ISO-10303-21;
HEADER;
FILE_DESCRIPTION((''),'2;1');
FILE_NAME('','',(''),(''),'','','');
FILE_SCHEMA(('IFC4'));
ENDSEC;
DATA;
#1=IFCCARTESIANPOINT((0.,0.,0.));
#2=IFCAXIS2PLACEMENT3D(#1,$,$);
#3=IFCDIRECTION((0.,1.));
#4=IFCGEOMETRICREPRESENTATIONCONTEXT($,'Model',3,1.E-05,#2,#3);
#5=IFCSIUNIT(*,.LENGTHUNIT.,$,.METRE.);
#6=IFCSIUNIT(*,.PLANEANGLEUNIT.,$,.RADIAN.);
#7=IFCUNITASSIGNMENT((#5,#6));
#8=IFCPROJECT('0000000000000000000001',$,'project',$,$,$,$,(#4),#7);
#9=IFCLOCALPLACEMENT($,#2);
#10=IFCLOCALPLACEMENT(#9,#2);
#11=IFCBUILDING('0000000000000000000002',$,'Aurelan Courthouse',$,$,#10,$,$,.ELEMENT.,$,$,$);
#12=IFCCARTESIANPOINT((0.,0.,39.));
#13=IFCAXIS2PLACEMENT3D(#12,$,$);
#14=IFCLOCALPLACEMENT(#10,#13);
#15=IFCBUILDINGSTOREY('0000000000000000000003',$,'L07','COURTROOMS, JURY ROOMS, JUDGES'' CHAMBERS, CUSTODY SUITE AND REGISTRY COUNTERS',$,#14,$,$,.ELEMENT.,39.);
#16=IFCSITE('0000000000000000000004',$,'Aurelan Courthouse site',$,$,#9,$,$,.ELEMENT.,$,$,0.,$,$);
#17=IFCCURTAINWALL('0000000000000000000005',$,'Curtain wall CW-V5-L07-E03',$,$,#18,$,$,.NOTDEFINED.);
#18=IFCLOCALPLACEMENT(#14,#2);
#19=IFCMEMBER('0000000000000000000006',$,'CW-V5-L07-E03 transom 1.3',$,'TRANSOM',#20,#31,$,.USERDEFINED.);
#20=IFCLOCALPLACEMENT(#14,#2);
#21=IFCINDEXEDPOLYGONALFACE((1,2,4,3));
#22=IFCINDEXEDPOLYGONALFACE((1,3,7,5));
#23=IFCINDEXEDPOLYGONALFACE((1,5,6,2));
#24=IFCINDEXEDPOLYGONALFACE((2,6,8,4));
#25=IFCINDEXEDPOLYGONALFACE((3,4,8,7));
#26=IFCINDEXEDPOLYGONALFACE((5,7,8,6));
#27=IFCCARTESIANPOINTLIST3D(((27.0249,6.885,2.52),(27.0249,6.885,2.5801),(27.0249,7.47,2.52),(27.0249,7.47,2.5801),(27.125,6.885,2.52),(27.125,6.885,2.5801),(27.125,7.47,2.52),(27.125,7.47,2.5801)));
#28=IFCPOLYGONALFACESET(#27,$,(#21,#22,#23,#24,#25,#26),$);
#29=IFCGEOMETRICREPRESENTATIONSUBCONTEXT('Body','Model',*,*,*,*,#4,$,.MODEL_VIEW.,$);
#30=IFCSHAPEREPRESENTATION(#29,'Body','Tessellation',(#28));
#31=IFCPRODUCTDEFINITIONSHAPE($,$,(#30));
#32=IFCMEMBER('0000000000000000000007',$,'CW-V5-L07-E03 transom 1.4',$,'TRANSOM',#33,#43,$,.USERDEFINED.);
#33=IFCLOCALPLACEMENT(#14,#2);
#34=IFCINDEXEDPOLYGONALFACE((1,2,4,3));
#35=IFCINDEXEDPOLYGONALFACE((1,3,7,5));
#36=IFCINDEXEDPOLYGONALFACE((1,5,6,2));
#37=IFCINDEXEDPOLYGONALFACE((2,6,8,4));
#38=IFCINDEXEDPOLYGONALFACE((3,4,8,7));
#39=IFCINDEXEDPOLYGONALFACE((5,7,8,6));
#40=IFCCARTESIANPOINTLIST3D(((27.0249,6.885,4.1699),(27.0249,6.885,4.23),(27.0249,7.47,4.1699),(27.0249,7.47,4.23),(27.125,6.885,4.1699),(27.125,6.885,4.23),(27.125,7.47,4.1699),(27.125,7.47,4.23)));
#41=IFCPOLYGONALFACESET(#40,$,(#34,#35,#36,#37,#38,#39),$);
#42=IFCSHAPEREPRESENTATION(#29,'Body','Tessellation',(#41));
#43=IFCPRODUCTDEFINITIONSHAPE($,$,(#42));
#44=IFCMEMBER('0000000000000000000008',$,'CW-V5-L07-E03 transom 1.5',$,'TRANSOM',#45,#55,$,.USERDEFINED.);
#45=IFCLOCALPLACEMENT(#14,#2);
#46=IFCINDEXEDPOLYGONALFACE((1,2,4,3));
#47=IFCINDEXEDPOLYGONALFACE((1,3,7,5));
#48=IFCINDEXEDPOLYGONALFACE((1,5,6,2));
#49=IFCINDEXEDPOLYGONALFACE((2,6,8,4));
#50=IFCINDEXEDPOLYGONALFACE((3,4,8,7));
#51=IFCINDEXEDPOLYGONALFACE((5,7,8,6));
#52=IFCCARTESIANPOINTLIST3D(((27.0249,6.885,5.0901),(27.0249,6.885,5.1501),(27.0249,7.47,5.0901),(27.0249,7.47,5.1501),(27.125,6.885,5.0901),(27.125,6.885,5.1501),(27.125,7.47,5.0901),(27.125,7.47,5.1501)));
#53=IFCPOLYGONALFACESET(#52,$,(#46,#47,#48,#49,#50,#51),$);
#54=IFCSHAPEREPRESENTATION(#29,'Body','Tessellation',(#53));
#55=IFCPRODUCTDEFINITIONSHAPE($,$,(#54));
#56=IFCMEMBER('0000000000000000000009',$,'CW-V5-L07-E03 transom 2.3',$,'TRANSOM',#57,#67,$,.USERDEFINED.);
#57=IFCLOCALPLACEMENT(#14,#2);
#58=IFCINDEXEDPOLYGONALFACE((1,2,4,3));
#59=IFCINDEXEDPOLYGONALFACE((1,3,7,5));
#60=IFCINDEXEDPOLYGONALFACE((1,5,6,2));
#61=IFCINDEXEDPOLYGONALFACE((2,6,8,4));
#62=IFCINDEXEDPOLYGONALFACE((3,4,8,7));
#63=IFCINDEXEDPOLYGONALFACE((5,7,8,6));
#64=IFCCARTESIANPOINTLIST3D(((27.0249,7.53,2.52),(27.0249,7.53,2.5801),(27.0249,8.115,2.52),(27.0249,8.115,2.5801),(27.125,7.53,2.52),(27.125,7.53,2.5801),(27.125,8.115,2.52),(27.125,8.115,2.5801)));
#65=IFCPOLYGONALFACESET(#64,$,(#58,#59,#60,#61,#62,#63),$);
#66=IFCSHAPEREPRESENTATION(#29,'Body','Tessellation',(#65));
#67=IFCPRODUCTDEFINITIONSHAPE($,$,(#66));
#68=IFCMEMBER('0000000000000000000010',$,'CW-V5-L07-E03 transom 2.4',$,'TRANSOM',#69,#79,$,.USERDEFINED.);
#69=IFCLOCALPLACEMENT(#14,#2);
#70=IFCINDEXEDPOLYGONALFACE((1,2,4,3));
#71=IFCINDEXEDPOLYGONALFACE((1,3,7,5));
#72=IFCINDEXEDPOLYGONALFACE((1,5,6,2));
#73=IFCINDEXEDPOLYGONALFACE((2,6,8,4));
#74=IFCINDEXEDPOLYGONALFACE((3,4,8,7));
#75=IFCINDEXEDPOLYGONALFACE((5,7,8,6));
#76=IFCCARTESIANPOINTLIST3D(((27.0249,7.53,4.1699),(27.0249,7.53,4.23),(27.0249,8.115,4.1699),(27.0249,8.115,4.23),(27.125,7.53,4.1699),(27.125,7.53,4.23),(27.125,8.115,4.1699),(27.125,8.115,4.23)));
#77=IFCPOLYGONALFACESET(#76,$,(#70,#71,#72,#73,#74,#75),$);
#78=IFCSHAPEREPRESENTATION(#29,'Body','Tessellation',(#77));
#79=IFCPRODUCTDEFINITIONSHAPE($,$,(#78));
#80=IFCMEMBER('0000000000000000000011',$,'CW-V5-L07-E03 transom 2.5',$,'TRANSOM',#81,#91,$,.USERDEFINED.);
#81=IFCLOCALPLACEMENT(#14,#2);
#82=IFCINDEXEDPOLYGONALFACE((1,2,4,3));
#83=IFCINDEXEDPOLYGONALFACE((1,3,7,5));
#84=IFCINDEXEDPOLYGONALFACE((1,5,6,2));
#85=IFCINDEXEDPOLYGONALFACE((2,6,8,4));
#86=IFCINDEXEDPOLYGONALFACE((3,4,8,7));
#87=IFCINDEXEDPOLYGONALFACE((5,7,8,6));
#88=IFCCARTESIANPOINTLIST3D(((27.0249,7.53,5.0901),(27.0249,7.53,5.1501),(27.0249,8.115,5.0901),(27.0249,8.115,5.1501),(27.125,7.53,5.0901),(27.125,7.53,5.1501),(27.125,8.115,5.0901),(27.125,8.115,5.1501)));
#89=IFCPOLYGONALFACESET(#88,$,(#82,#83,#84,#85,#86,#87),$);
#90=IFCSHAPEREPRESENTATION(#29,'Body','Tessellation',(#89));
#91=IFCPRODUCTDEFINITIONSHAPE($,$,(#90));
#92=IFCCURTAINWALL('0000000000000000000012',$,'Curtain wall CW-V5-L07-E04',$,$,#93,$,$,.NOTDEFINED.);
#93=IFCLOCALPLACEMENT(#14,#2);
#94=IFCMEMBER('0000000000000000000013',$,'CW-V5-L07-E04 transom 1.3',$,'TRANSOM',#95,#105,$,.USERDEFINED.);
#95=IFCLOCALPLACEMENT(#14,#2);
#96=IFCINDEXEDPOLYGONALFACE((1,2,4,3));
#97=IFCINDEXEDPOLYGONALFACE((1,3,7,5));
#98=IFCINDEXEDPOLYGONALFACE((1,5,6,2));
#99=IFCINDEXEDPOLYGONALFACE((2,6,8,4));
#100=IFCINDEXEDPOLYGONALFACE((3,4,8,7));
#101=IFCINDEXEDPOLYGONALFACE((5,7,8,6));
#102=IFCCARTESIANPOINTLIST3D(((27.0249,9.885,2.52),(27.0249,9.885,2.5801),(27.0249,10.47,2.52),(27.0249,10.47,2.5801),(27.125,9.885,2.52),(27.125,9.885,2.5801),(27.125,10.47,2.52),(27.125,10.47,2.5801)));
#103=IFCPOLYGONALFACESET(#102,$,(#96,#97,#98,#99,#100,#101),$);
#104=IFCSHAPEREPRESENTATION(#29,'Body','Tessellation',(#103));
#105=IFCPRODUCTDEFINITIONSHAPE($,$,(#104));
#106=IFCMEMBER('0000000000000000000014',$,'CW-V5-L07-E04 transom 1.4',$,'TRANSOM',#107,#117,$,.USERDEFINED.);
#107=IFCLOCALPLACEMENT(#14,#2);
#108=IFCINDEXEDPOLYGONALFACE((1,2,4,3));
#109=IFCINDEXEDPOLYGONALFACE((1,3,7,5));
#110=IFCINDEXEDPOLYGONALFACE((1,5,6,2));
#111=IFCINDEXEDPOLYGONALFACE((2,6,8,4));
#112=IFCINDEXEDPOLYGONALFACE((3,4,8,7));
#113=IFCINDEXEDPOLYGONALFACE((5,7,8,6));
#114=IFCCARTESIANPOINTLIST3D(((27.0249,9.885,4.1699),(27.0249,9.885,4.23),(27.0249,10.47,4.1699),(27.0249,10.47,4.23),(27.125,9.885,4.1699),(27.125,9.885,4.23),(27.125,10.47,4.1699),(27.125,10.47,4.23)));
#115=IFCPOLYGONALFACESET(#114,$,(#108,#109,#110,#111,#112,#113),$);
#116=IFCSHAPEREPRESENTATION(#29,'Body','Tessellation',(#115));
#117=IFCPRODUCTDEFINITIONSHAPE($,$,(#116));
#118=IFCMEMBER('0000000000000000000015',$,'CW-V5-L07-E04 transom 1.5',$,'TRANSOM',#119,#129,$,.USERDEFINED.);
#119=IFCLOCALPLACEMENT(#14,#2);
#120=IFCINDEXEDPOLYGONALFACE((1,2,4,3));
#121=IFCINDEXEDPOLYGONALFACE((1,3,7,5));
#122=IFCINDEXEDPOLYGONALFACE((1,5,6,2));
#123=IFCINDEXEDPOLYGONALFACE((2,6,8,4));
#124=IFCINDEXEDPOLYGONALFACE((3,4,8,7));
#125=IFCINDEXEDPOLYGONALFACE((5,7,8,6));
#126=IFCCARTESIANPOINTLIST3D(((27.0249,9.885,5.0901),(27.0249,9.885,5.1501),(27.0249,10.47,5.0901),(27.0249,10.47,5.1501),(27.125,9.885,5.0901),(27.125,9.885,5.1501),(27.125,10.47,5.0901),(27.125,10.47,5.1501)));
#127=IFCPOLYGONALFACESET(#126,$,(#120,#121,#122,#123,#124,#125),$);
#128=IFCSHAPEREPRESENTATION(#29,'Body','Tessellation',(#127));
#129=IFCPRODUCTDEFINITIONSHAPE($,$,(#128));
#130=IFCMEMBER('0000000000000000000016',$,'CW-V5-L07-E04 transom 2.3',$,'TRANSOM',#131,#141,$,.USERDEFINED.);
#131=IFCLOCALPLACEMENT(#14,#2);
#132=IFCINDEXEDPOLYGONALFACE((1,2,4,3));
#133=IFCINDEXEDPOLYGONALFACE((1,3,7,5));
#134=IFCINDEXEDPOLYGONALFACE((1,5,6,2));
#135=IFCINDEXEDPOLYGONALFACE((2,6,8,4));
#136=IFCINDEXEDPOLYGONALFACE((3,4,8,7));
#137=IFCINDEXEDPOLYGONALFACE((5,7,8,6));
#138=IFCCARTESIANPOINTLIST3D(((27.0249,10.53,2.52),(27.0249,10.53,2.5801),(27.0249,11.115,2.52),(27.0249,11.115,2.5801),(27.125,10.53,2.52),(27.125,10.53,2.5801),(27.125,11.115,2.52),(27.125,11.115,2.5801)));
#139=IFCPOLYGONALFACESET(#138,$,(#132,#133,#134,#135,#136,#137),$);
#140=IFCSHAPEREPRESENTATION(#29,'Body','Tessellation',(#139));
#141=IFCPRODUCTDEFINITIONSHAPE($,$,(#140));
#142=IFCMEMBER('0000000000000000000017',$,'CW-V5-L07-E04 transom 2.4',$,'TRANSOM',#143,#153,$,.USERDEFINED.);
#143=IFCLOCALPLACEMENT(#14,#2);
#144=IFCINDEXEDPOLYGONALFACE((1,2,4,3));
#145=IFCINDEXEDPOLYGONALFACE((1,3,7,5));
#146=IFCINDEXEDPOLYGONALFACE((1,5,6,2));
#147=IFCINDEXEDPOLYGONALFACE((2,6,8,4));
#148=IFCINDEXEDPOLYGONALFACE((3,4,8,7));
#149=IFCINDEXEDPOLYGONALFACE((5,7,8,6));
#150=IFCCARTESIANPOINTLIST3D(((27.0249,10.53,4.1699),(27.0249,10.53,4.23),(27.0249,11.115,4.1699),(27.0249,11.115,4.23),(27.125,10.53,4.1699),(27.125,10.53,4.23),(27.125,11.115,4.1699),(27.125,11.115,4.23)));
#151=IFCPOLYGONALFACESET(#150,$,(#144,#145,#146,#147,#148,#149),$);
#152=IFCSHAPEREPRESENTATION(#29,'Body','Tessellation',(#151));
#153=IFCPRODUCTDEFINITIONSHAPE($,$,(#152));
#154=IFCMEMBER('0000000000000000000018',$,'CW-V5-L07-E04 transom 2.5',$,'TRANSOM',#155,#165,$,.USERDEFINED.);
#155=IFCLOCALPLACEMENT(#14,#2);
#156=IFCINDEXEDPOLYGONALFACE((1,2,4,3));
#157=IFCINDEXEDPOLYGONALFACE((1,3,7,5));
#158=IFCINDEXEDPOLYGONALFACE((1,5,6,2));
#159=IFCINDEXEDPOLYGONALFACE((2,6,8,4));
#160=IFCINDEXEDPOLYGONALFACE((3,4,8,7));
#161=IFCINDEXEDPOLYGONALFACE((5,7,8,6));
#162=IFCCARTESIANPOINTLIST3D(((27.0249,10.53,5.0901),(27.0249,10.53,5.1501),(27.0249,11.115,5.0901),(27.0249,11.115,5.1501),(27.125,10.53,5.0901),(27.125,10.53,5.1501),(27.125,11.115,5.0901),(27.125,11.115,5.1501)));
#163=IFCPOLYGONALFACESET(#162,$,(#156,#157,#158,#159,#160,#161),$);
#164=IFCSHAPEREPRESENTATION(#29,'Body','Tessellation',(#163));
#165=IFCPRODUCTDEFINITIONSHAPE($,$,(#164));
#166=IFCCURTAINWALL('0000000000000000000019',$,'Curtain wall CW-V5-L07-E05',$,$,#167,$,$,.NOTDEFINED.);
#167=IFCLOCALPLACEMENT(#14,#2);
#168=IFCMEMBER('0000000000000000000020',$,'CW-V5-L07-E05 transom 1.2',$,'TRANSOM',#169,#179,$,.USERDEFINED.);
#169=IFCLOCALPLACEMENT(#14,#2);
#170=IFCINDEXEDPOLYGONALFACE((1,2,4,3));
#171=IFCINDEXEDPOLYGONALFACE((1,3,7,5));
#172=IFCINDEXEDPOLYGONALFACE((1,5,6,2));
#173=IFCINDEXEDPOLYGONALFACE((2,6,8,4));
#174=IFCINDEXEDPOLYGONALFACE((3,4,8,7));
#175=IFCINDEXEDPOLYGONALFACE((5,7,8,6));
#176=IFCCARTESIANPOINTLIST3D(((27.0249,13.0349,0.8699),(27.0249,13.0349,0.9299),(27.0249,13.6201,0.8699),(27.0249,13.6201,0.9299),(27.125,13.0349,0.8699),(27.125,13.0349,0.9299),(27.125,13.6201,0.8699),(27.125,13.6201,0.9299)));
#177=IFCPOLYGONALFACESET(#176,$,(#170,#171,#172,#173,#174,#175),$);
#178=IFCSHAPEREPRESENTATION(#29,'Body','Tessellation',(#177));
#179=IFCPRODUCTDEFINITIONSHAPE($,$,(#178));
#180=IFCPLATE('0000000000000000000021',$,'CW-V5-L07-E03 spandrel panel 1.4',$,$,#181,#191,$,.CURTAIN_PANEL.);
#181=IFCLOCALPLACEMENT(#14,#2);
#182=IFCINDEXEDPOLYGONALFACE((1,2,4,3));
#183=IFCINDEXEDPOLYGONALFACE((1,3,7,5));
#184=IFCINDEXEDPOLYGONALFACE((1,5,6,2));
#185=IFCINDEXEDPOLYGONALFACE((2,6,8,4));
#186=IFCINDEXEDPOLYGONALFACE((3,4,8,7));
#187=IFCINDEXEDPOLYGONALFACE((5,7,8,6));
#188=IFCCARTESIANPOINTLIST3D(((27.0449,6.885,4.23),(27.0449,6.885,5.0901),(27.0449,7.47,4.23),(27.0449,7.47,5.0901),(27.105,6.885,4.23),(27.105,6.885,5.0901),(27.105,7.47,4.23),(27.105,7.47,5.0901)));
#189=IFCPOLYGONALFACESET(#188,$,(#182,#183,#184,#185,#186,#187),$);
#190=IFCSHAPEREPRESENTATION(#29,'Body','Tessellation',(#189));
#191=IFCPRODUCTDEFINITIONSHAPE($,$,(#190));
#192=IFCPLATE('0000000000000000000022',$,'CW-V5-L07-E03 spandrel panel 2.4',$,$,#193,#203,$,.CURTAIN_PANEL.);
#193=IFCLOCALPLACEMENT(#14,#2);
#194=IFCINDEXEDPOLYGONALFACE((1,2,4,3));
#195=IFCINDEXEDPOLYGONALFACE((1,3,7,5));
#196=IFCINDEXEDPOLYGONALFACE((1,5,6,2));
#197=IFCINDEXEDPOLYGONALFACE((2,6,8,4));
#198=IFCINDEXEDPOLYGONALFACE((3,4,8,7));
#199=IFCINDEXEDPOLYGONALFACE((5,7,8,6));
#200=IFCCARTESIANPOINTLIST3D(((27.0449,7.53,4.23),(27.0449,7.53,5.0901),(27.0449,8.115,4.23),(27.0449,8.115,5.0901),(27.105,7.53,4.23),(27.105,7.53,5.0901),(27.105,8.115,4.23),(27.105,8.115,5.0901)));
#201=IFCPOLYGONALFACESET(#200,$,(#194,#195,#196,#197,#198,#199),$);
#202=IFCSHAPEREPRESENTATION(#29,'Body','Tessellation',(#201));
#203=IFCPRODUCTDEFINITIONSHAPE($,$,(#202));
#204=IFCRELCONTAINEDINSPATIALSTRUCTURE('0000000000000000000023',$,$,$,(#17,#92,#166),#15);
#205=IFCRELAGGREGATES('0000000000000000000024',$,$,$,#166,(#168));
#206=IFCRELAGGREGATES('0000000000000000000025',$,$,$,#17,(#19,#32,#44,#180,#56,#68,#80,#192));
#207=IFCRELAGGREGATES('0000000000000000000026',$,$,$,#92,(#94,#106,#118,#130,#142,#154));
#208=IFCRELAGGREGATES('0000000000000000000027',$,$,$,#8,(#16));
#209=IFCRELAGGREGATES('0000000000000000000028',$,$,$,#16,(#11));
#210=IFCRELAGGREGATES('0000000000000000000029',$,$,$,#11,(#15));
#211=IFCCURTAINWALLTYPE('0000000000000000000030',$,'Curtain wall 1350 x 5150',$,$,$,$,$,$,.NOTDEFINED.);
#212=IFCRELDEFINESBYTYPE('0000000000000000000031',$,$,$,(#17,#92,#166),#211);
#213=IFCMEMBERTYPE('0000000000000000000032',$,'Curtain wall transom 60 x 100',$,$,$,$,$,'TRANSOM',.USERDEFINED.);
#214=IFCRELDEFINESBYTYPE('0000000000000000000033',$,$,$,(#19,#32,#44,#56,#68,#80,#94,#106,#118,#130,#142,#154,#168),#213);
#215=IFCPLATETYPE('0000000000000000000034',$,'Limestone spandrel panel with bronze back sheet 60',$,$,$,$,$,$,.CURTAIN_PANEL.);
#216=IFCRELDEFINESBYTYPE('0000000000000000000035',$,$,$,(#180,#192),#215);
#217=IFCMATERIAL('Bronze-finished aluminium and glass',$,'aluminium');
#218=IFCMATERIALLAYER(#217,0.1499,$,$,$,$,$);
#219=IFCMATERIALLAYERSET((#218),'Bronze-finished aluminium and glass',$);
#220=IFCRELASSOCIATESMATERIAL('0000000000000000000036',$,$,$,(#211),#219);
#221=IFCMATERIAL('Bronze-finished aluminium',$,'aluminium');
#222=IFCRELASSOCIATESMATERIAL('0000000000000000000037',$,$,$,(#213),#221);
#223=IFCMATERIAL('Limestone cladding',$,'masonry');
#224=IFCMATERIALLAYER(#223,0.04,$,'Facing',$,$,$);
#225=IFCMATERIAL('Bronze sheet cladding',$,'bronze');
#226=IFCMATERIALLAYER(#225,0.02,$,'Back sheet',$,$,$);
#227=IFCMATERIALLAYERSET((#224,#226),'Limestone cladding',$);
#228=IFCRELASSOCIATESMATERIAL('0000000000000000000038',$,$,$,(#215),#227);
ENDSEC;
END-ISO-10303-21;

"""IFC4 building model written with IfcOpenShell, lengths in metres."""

from ifc_helpers import new_model, si_unit, direction, frame, origin, origin_2d, place, context, subcontext, project, spatial, rectangle, extrude, material, layer, layer_set, material_profile, profile_set, type_object, element, aggregate, save


model = new_model("IFC4")

# Units and contexts
model_context = context("Model", 3, precision=1e-05, world=origin(), true_north=direction((0.0, 1.0)))
body_context = subcontext(model_context, "Body", "Model", "MODEL_VIEW")
ifc_project = project(units=[si_unit("LENGTHUNIT", "METRE"), si_unit("PLANEANGLEUNIT", "RADIAN")], contexts=[model_context])

# Site, building, storey
site_placement = place(None, origin())
site = spatial("IfcSite", under=ifc_project, at=site_placement, Name="Aurelan Courthouse site", CompositionType="ELEMENT", RefElevation=0.0)
building_placement = place(site_placement, origin())
building = spatial("IfcBuilding", under=site, at=building_placement, Name="Aurelan Courthouse", CompositionType="ELEMENT")
storey_placement = place(building_placement, frame((0.0, 0.0, 39.0)))
storey = spatial("IfcBuildingStorey", under=building, at=storey_placement, Name="L07", Description="COURTROOMS, JURY ROOMS, JUDGES' CHAMBERS, CUSTODY SUITE AND REGISTRY COUNTERS", CompositionType="ELEMENT", Elevation=39.0)

# Curtain walls, members
ifc_material_1 = material(Name="Bronze-finished aluminium and glass", Category="aluminium")
ifc_layer_1 = layer(ifc_material_1, 0.1499)
ifc_layer_set_1 = layer_set([ifc_layer_1], Name="Bronze-finished aluminium and glass")
curtain_wall_type = type_object("IfcCurtainWallType", Name="Curtain wall 1350 x 5150", PredefinedType="NOTDEFINED", material=ifc_layer_set_1)
curtain_wall_1_placement = place(storey_placement, origin())
curtain_wall_1 = element("IfcCurtainWall", 1, at=curtain_wall_1_placement, inside=storey, type_object=curtain_wall_type, Name="Curtain wall CW-V5-L07-E03", PredefinedType="NOTDEFINED")
ifc_material_2 = material(Name="Bronze-finished aluminium", Category="aluminium")
ifc_material_profile = material_profile(ifc_material_2, rectangle(XDim=0.1001, YDim=0.0601, at=origin_2d()), Name="Bronze transom 60 x 100")
ifc_profile_set = profile_set([ifc_material_profile], Name="Bronze-finished aluminium")
member_type = type_object("IfcMemberType", Name="Curtain wall transom 60 x 100", ElementType="TRANSOM", PredefinedType="USERDEFINED", material=ifc_profile_set)
member_1_placement = place(storey_placement, frame((27.075, 6.885, 2.55), z_axis=(0.0, 1.0, 0.0), x_axis=(-1.0, 0.0, 0.0)))
member_1 = element("IfcMember", 2, at=member_1_placement, type_object=member_type, Name="CW-V5-L07-E03 transom 1.3", ObjectType="TRANSOM", PredefinedType="USERDEFINED", context=body_context, shape_type="SweptSolid", body=[
    extrude(rectangle(XDim=0.1001, YDim=0.0601, at=origin_2d()), origin(), (0.0, 0.0, 1.0), 0.585),
])
member_2_placement = place(storey_placement, frame((27.075, 6.885, 4.2), z_axis=(0.0, 1.0, 0.0), x_axis=(-1.0, 0.0, 0.0)))
member_2 = element("IfcMember", 3, at=member_2_placement, type_object=member_type, Name="CW-V5-L07-E03 transom 1.4", ObjectType="TRANSOM", PredefinedType="USERDEFINED", context=body_context, shape_type="SweptSolid", body=[
    extrude(rectangle(XDim=0.1001, YDim=0.0601, at=origin_2d()), origin(), (0.0, 0.0, 1.0), 0.585),
])
member_3_placement = place(storey_placement, frame((27.075, 6.885, 5.1201), z_axis=(0.0, 1.0, 0.0), x_axis=(-1.0, 0.0, 0.0)))
member_3 = element("IfcMember", 4, at=member_3_placement, type_object=member_type, Name="CW-V5-L07-E03 transom 1.5", ObjectType="TRANSOM", PredefinedType="USERDEFINED", context=body_context, shape_type="SweptSolid", body=[
    extrude(rectangle(XDim=0.1001, YDim=0.0601, at=origin_2d()), origin(), (0.0, 0.0, 1.0), 0.585),
])
member_4_placement = place(storey_placement, frame((27.075, 7.53, 2.55), z_axis=(0.0, 1.0, 0.0), x_axis=(-1.0, 0.0, 0.0)))
member_4 = element("IfcMember", 5, at=member_4_placement, type_object=member_type, Name="CW-V5-L07-E03 transom 2.3", ObjectType="TRANSOM", PredefinedType="USERDEFINED", context=body_context, shape_type="SweptSolid", body=[
    extrude(rectangle(XDim=0.1001, YDim=0.0601, at=origin_2d()), origin(), (0.0, 0.0, 1.0), 0.585),
])
member_5_placement = place(storey_placement, frame((27.075, 7.53, 4.2), z_axis=(0.0, 1.0, 0.0), x_axis=(-1.0, 0.0, 0.0)))
member_5 = element("IfcMember", 6, at=member_5_placement, type_object=member_type, Name="CW-V5-L07-E03 transom 2.4", ObjectType="TRANSOM", PredefinedType="USERDEFINED", context=body_context, shape_type="SweptSolid", body=[
    extrude(rectangle(XDim=0.1001, YDim=0.0601, at=origin_2d()), origin(), (0.0, 0.0, 1.0), 0.585),
])
member_6_placement = place(storey_placement, frame((27.075, 7.53, 5.1201), z_axis=(0.0, 1.0, 0.0), x_axis=(-1.0, 0.0, 0.0)))
member_6 = element("IfcMember", 7, at=member_6_placement, type_object=member_type, Name="CW-V5-L07-E03 transom 2.5", ObjectType="TRANSOM", PredefinedType="USERDEFINED", context=body_context, shape_type="SweptSolid", body=[
    extrude(rectangle(XDim=0.1001, YDim=0.0601, at=origin_2d()), origin(), (0.0, 0.0, 1.0), 0.585),
])
curtain_wall_2_placement = place(storey_placement, origin())
curtain_wall_2 = element("IfcCurtainWall", 8, at=curtain_wall_2_placement, inside=storey, type_object=curtain_wall_type, Name="Curtain wall CW-V5-L07-E04", PredefinedType="NOTDEFINED")
member_7_placement = place(storey_placement, frame((27.075, 9.885, 2.55), z_axis=(0.0, 1.0, 0.0), x_axis=(-1.0, 0.0, 0.0)))
member_7 = element("IfcMember", 9, at=member_7_placement, type_object=member_type, Name="CW-V5-L07-E04 transom 1.3", ObjectType="TRANSOM", PredefinedType="USERDEFINED", context=body_context, shape_type="SweptSolid", body=[
    extrude(rectangle(XDim=0.1001, YDim=0.0601, at=origin_2d()), origin(), (0.0, 0.0, 1.0), 0.585),
])
member_8_placement = place(storey_placement, frame((27.075, 9.885, 4.2), z_axis=(0.0, 1.0, 0.0), x_axis=(-1.0, 0.0, 0.0)))
member_8 = element("IfcMember", 10, at=member_8_placement, type_object=member_type, Name="CW-V5-L07-E04 transom 1.4", ObjectType="TRANSOM", PredefinedType="USERDEFINED", context=body_context, shape_type="SweptSolid", body=[
    extrude(rectangle(XDim=0.1001, YDim=0.0601, at=origin_2d()), origin(), (0.0, 0.0, 1.0), 0.585),
])
member_9_placement = place(storey_placement, frame((27.075, 9.885, 5.1201), z_axis=(0.0, 1.0, 0.0), x_axis=(-1.0, 0.0, 0.0)))
member_9 = element("IfcMember", 11, at=member_9_placement, type_object=member_type, Name="CW-V5-L07-E04 transom 1.5", ObjectType="TRANSOM", PredefinedType="USERDEFINED", context=body_context, shape_type="SweptSolid", body=[
    extrude(rectangle(XDim=0.1001, YDim=0.0601, at=origin_2d()), origin(), (0.0, 0.0, 1.0), 0.585),
])
member_10_placement = place(storey_placement, frame((27.075, 10.53, 2.55), z_axis=(0.0, 1.0, 0.0), x_axis=(-1.0, 0.0, 0.0)))
member_10 = element("IfcMember", 12, at=member_10_placement, type_object=member_type, Name="CW-V5-L07-E04 transom 2.3", ObjectType="TRANSOM", PredefinedType="USERDEFINED", context=body_context, shape_type="SweptSolid", body=[
    extrude(rectangle(XDim=0.1001, YDim=0.0601, at=origin_2d()), origin(), (0.0, 0.0, 1.0), 0.585),
])
member_11_placement = place(storey_placement, frame((27.075, 10.53, 4.2), z_axis=(0.0, 1.0, 0.0), x_axis=(-1.0, 0.0, 0.0)))
member_11 = element("IfcMember", 13, at=member_11_placement, type_object=member_type, Name="CW-V5-L07-E04 transom 2.4", ObjectType="TRANSOM", PredefinedType="USERDEFINED", context=body_context, shape_type="SweptSolid", body=[
    extrude(rectangle(XDim=0.1001, YDim=0.0601, at=origin_2d()), origin(), (0.0, 0.0, 1.0), 0.585),
])
member_12_placement = place(storey_placement, frame((27.075, 10.53, 5.1201), z_axis=(0.0, 1.0, 0.0), x_axis=(-1.0, 0.0, 0.0)))
member_12 = element("IfcMember", 14, at=member_12_placement, type_object=member_type, Name="CW-V5-L07-E04 transom 2.5", ObjectType="TRANSOM", PredefinedType="USERDEFINED", context=body_context, shape_type="SweptSolid", body=[
    extrude(rectangle(XDim=0.1001, YDim=0.0601, at=origin_2d()), origin(), (0.0, 0.0, 1.0), 0.585),
])

# Curtain wall, member
curtain_wall_3_placement = place(storey_placement, origin())
curtain_wall_3 = element("IfcCurtainWall", 15, at=curtain_wall_3_placement, inside=storey, type_object=curtain_wall_type, Name="Curtain wall CW-V5-L07-E05", PredefinedType="NOTDEFINED")
member_13_placement = place(storey_placement, frame((27.075, 13.0349, 0.8999), z_axis=(0.0, 1.0, 0.0), x_axis=(-1.0, 0.0, 0.0)))
member_13 = element("IfcMember", 16, at=member_13_placement, type_object=member_type, Name="CW-V5-L07-E05 transom 1.2", ObjectType="TRANSOM", PredefinedType="USERDEFINED", context=body_context, shape_type="SweptSolid", body=[
    extrude(rectangle(XDim=0.1001, YDim=0.0601, at=origin_2d()), origin(), (0.0, 0.0, 1.0), 0.5852),
])
aggregate(curtain_wall_3, [member_13])

# Plates
ifc_material_3 = material(Name="Limestone cladding", Category="masonry")
ifc_layer_2 = layer(ifc_material_3, 0.04, Name="Facing")
ifc_material_4 = material(Name="Bronze sheet cladding", Category="bronze")
ifc_layer_3 = layer(ifc_material_4, 0.02, Name="Back sheet")
ifc_layer_set_2 = layer_set([ifc_layer_2, ifc_layer_3], Name="Limestone cladding")
plate_type_1 = type_object("IfcPlateType", Name="Limestone spandrel panel with bronze back sheet 60", PredefinedType="CURTAIN_PANEL", material=ifc_layer_set_2)
plate_1_placement = place(storey_placement, frame((27.075, 7.1775, 4.23), z_axis=(0.0, 0.0, 1.0), x_axis=(0.0, 1.0, 0.0)))
plate_1 = element("IfcPlate", 17, at=plate_1_placement, type_object=plate_type_1, Name="CW-V5-L07-E03 spandrel panel 1.4", PredefinedType="CURTAIN_PANEL", context=body_context, shape_type="SweptSolid", body=[
    extrude(rectangle(XDim=0.585, YDim=0.0601, at=origin_2d()), origin(), (0.0, 0.0, 1.0), 0.8601),
])
plate_2_placement = place(storey_placement, frame((27.075, 7.8225, 4.23), z_axis=(0.0, 0.0, 1.0), x_axis=(0.0, 1.0, 0.0)))
plate_2 = element("IfcPlate", 18, at=plate_2_placement, type_object=plate_type_1, Name="CW-V5-L07-E03 spandrel panel 2.4", PredefinedType="CURTAIN_PANEL", context=body_context, shape_type="SweptSolid", body=[
    extrude(rectangle(XDim=0.585, YDim=0.0601, at=origin_2d()), origin(), (0.0, 0.0, 1.0), 0.8601),
])
aggregate(curtain_wall_1, [member_1, member_2, member_3, plate_1, member_4, member_5, member_6, plate_2])
aggregate(curtain_wall_2, [member_7, member_8, member_9, member_10, member_11, member_12])

save(model, "model.ifc")
